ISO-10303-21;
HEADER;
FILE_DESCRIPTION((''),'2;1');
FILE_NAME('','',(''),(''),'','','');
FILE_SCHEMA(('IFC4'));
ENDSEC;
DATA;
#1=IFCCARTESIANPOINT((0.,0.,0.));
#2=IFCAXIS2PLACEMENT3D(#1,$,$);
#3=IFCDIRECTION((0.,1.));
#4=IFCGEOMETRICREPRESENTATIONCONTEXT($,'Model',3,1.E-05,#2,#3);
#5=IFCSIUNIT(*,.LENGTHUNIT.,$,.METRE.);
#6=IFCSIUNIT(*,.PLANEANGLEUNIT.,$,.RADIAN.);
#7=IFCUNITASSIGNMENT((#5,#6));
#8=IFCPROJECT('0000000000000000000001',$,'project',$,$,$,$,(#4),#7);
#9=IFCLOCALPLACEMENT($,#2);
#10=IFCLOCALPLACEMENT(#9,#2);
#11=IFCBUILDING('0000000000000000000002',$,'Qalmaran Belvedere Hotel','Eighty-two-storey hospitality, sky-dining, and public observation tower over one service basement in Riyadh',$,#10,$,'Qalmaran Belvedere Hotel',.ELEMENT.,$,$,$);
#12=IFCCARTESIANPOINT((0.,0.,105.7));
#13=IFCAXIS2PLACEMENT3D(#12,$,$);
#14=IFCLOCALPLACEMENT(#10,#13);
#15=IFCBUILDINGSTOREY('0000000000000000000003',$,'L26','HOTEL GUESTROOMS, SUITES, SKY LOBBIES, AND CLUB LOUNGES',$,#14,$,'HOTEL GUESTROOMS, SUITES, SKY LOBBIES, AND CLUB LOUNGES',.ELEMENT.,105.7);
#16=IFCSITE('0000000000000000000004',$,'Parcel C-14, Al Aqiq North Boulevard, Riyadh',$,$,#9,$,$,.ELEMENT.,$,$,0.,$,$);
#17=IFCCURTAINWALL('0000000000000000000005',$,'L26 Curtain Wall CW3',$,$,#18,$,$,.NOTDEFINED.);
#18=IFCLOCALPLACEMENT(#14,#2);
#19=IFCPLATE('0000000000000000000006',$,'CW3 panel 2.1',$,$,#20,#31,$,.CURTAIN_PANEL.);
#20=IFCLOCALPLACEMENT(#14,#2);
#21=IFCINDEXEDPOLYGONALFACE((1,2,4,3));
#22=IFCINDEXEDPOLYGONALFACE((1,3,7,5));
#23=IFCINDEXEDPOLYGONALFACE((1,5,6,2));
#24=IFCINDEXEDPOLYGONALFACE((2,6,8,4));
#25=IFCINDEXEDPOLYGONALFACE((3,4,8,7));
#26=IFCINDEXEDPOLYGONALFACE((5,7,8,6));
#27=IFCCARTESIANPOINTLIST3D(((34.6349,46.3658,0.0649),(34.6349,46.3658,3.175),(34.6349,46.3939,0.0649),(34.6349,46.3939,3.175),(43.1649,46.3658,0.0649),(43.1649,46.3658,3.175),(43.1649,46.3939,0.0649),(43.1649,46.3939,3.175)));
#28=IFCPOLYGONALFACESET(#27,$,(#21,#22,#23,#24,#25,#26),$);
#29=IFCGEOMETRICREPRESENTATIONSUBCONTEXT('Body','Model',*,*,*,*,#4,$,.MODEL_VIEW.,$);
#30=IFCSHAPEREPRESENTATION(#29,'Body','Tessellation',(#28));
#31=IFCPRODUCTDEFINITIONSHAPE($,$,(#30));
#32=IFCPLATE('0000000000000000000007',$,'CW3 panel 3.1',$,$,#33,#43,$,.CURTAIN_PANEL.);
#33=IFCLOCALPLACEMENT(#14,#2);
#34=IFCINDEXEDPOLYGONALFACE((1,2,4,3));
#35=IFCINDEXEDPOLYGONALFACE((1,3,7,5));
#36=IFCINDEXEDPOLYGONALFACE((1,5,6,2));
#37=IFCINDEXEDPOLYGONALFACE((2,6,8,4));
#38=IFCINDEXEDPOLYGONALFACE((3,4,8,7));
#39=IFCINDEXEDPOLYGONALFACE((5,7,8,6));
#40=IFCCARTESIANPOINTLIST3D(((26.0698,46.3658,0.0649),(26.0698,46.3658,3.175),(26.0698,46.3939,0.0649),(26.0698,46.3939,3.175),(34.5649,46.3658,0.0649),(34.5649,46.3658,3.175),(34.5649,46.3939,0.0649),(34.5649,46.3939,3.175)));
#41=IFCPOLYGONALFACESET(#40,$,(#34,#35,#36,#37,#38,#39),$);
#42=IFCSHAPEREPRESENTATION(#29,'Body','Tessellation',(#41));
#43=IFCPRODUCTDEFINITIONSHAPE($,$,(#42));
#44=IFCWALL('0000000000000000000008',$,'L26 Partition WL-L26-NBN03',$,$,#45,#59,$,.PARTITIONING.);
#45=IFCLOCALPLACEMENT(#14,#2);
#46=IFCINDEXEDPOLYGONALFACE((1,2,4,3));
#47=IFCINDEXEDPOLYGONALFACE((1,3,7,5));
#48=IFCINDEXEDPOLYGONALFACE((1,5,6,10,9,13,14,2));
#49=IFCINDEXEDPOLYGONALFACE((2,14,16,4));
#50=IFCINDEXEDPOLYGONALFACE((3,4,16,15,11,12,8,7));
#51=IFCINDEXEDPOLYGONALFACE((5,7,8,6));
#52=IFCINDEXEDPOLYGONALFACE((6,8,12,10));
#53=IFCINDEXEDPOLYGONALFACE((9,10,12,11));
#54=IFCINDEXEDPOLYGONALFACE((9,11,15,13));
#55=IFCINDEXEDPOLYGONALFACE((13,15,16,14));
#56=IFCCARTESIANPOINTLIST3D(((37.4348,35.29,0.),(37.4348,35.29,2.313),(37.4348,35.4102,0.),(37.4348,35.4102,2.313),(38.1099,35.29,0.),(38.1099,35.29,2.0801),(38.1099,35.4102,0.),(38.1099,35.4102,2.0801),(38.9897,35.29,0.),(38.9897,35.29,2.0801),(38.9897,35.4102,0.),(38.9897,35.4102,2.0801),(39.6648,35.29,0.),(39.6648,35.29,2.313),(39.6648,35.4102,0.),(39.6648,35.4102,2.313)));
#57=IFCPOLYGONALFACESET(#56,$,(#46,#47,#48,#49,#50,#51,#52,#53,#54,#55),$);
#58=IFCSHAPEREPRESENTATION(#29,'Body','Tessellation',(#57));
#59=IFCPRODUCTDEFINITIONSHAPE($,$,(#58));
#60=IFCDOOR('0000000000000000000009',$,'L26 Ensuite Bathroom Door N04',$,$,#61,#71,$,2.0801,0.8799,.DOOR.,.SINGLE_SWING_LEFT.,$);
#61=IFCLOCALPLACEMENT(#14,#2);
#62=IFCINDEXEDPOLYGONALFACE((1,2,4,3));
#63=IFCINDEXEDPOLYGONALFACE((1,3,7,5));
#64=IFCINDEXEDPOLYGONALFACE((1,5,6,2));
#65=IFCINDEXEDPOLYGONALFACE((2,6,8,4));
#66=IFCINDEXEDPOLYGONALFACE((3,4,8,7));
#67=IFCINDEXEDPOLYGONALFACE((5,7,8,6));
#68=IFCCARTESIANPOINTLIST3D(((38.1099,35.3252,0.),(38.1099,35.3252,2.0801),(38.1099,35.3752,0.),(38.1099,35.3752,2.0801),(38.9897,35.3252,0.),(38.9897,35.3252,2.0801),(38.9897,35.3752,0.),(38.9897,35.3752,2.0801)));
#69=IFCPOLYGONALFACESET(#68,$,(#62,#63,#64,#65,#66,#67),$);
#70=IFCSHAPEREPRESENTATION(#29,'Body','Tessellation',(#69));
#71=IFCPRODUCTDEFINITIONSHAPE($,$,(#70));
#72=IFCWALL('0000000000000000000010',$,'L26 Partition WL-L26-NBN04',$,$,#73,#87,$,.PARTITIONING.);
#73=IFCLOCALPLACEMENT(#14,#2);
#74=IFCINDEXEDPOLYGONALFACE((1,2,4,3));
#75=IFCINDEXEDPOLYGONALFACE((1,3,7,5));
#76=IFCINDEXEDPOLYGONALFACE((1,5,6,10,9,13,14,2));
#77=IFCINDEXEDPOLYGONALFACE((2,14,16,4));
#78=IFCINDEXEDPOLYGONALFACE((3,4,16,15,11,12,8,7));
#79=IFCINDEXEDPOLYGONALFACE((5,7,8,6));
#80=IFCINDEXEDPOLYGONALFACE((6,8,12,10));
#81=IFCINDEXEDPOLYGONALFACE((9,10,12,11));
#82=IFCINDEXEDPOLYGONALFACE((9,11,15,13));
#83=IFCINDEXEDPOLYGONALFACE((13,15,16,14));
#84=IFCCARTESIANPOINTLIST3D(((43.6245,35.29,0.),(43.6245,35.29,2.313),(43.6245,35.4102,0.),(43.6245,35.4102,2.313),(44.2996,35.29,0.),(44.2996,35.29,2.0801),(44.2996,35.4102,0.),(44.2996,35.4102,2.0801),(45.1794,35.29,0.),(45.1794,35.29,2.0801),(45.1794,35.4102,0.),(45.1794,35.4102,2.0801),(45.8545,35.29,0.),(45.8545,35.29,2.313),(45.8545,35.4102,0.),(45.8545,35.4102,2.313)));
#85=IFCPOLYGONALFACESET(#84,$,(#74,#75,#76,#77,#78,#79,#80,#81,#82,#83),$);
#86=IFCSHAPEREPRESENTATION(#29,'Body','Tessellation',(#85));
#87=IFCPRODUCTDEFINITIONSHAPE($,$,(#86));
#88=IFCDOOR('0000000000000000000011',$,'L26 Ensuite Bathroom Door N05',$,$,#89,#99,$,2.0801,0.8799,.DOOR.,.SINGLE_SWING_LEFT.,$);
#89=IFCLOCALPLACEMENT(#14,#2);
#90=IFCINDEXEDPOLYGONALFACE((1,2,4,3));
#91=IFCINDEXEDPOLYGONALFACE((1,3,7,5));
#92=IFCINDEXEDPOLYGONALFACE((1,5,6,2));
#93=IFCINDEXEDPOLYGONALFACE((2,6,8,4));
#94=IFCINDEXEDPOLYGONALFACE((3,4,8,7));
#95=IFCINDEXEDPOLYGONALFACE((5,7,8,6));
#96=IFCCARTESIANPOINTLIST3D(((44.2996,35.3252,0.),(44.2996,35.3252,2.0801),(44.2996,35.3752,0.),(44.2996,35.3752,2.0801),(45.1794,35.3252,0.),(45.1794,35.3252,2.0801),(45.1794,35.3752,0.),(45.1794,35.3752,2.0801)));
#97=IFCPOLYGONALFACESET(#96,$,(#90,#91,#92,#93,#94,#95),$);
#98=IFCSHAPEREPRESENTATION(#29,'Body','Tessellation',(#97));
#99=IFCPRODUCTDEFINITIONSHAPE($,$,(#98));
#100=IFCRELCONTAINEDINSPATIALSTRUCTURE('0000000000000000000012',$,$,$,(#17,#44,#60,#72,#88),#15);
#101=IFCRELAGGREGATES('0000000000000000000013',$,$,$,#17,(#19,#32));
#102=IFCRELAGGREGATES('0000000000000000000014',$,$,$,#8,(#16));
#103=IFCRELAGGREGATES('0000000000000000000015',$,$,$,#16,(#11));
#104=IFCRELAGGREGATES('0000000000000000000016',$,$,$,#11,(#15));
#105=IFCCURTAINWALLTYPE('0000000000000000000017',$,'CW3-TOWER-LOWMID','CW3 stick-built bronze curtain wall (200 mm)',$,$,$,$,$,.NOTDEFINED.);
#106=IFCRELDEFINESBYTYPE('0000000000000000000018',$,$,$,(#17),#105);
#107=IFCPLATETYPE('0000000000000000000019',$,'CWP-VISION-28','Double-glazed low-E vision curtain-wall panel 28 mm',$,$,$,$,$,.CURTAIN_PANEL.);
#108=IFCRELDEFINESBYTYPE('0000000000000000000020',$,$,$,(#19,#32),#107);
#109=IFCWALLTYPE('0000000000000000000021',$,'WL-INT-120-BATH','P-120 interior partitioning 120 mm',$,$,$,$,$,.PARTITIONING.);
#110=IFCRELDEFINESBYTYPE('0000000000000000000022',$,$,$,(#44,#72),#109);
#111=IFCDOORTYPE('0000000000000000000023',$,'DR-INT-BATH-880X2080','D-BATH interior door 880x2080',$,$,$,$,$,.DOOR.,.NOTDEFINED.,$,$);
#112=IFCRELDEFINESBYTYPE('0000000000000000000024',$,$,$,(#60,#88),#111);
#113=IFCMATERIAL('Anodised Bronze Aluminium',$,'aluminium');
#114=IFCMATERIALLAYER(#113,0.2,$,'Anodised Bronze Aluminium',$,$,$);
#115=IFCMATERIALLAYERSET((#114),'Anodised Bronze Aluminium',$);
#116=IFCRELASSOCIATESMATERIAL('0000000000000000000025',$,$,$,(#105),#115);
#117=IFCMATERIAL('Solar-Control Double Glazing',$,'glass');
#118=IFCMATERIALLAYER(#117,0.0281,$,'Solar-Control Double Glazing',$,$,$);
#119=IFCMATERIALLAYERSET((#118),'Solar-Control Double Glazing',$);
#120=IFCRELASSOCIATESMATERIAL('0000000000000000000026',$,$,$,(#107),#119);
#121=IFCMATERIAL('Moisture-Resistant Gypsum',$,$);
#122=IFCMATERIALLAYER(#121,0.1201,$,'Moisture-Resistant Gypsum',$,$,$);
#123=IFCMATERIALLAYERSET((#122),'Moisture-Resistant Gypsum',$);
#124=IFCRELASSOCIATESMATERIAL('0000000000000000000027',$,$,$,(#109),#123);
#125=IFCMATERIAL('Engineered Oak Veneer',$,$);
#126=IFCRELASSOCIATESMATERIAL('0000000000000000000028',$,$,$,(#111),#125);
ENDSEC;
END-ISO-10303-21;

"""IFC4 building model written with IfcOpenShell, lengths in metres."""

from ifc_helpers import new_model, si_unit, direction, frame, frame_2d, origin, origin_2d, place, context, subcontext, project, spatial, rectangle, extrude, material, layer, layer_set, type_object, element, fill, aggregate, save


model = new_model("IFC4")

# Units and contexts
model_context = context("Model", 3, precision=1e-05, world=origin(), true_north=direction((0.0, 1.0)))
body_context = subcontext(model_context, "Body", "Model", "MODEL_VIEW")
ifc_project = project(units=[si_unit("LENGTHUNIT", "METRE"), si_unit("PLANEANGLEUNIT", "RADIAN")], contexts=[model_context])

# Site, building, storey
site_placement = place(None, origin())
site = spatial("IfcSite", under=ifc_project, at=site_placement, Name="Parcel C-14, Al Aqiq North Boulevard, Riyadh", CompositionType="ELEMENT", RefElevation=0.0)
building_placement = place(site_placement, origin())
building = spatial("IfcBuilding", under=site, at=building_placement, Name="Qalmaran Belvedere Hotel", Description="Eighty-two-storey hospitality, sky-dining, and public observation tower over one service basement in Riyadh", LongName="Qalmaran Belvedere Hotel", CompositionType="ELEMENT")
storey_placement = place(building_placement, frame((0.0, 0.0, 105.7)))
storey = spatial("IfcBuildingStorey", under=building, at=storey_placement, Name="L26", Description="HOTEL GUESTROOMS, SUITES, SKY LOBBIES, AND CLUB LOUNGES", LongName="HOTEL GUESTROOMS, SUITES, SKY LOBBIES, AND CLUB LOUNGES", CompositionType="ELEMENT", Elevation=105.7)

# Curtain wall, plates
ifc_material_1 = material(Name="Anodised Bronze Aluminium", Category="aluminium")
ifc_layer_1 = layer(ifc_material_1, 0.2, Name="Anodised Bronze Aluminium")
ifc_layer_set_1 = layer_set([ifc_layer_1], Name="Anodised Bronze Aluminium")
curtain_wall_type = type_object("IfcCurtainWallType", Name="CW3-TOWER-LOWMID", Description="CW3 stick-built bronze curtain wall (200 mm)", PredefinedType="NOTDEFINED", material=ifc_layer_set_1)
curtain_wall_placement = place(storey_placement, origin())
curtain_wall = element("IfcCurtainWall", 1, at=curtain_wall_placement, inside=storey, type_object=curtain_wall_type, Name="L26 Curtain Wall CW3", PredefinedType="NOTDEFINED")
ifc_material_2 = material(Name="Solar-Control Double Glazing", Category="glass")
ifc_layer_2 = layer(ifc_material_2, 0.0281, Name="Solar-Control Double Glazing")
ifc_layer_set_2 = layer_set([ifc_layer_2], Name="Solar-Control Double Glazing")
plate_type = type_object("IfcPlateType", Name="CWP-VISION-28", Description="Double-glazed low-E vision curtain-wall panel 28 mm", PredefinedType="CURTAIN_PANEL", material=ifc_layer_set_2)
plate_1_placement = place(storey_placement, frame((38.8999, 46.3799, 0.0649), z_axis=(0.0, 0.0, 1.0), x_axis=(-1.0, 0.0, 0.0)))
plate_1 = element("IfcPlate", 2, at=plate_1_placement, type_object=plate_type, Name="CW3 panel 2.1", PredefinedType="CURTAIN_PANEL", context=body_context, shape_type="SweptSolid", body=[
    extrude(rectangle(XDim=8.53, YDim=0.0281, at=origin_2d()), origin(), (0.0, 0.0, 1.0), 3.1101),
])
plate_2_placement = place(storey_placement, frame((30.3174, 46.3799, 0.0649), z_axis=(0.0, 0.0, 1.0), x_axis=(-1.0, 0.0, 0.0)))
plate_2 = element("IfcPlate", 3, at=plate_2_placement, type_object=plate_type, Name="CW3 panel 3.1", PredefinedType="CURTAIN_PANEL", context=body_context, shape_type="SweptSolid", body=[
    extrude(rectangle(XDim=8.4951, YDim=0.0281, at=origin_2d()), origin(), (0.0, 0.0, 1.0), 3.1101),
])
aggregate(curtain_wall, [plate_1, plate_2])

# Walls, openings, doors
ifc_material_3 = material(Name="Moisture-Resistant Gypsum")
ifc_layer_3 = layer(ifc_material_3, 0.1201, Name="Moisture-Resistant Gypsum")
ifc_layer_set_3 = layer_set([ifc_layer_3], Name="Moisture-Resistant Gypsum")
wall_type = type_object("IfcWallType", Name="WL-INT-120-BATH", Description="P-120 interior partitioning 120 mm", PredefinedType="PARTITIONING", material=ifc_layer_set_3)
wall_1_placement = place(storey_placement, frame((37.4348, 35.3501, 0.0), z_axis=(0.0, 0.0, 1.0), x_axis=(1.0, 0.0, 0.0)))
wall_1 = element("IfcWall", 4, at=wall_1_placement, inside=storey, type_object=wall_type, Name="L26 Partition WL-L26-NBN03", PredefinedType="PARTITIONING", context=body_context, shape_type="SweptSolid", body=[
    extrude(rectangle(XDim=2.23, YDim=0.1201, at=frame_2d((1.115, 0.0))), origin(), (0.0, 0.0, 1.0), 2.313),
])
opening_1_placement = place(wall_1_placement, frame((1.5549, 0.0, 0.0), z_axis=(0.0, 0.0, 1.0), x_axis=(-1.0, 0.0, 0.0)))
opening_1 = element("IfcOpeningElement", 5, at=opening_1_placement, cuts=wall_1, PredefinedType="OPENING", context=body_context, shape_type="SweptSolid", body=[
    extrude(rectangle(XDim=0.8799, YDim=2.0801, at=frame_2d((0.4399, 1.04))), frame((0.0, 0.0701, 0.0), z_axis=(0.0, -1.0, 0.0), x_axis=(1.0, 0.0, 0.0)), (0.0, 0.0, 1.0), 0.1401),
])
ifc_material_4 = material(Name="Engineered Oak Veneer")
door_type = type_object("IfcDoorType", Name="DR-INT-BATH-880X2080", Description="D-BATH interior door 880x2080", OperationType="NOTDEFINED", PredefinedType="DOOR", material=ifc_material_4)
door_1_placement = place(opening_1_placement, origin())
door_1 = element("IfcDoor", 6, at=door_1_placement, inside=storey, type_object=door_type, Name="L26 Ensuite Bathroom Door N04", OperationType="SINGLE_SWING_LEFT", OverallHeight=2.0801, OverallWidth=0.8799, PredefinedType="DOOR", context=body_context, shape_type="SweptSolid", body=[
    extrude(rectangle(XDim=0.8799, YDim=2.0801, at=frame_2d((0.4399, 1.04))), frame((0.0, 0.0249, 0.0), z_axis=(0.0, -1.0, 0.0), x_axis=(1.0, 0.0, 0.0)), (0.0, 0.0, 1.0), 0.05),
])
fill(opening_1, door_1)
wall_2_placement = place(storey_placement, frame((43.6245, 35.3501, 0.0), z_axis=(0.0, 0.0, 1.0), x_axis=(1.0, 0.0, 0.0)))
wall_2 = element("IfcWall", 7, at=wall_2_placement, inside=storey, type_object=wall_type, Name="L26 Partition WL-L26-NBN04", PredefinedType="PARTITIONING", context=body_context, shape_type="SweptSolid", body=[
    extrude(rectangle(XDim=2.23, YDim=0.1201, at=frame_2d((1.115, 0.0))), origin(), (0.0, 0.0, 1.0), 2.313),
])
opening_2_placement = place(wall_2_placement, frame((1.5549, 0.0, 0.0), z_axis=(0.0, 0.0, 1.0), x_axis=(-1.0, 0.0, 0.0)))
opening_2 = element("IfcOpeningElement", 8, at=opening_2_placement, cuts=wall_2, PredefinedType="OPENING", context=body_context, shape_type="SweptSolid", body=[
    extrude(rectangle(XDim=0.8799, YDim=2.0801, at=frame_2d((0.4399, 1.04))), frame((0.0, 0.0701, 0.0), z_axis=(0.0, -1.0, 0.0), x_axis=(1.0, 0.0, 0.0)), (0.0, 0.0, 1.0), 0.1401),
])
door_2_placement = place(opening_2_placement, origin())
door_2 = element("IfcDoor", 9, at=door_2_placement, inside=storey, type_object=door_type, Name="L26 Ensuite Bathroom Door N05", OperationType="SINGLE_SWING_LEFT", OverallHeight=2.0801, OverallWidth=0.8799, PredefinedType="DOOR", context=body_context, shape_type="SweptSolid", body=[
    extrude(rectangle(XDim=0.8799, YDim=2.0801, at=frame_2d((0.4399, 1.04))), frame((0.0, 0.0249, 0.0), z_axis=(0.0, -1.0, 0.0), x_axis=(1.0, 0.0, 0.0)), (0.0, 0.0, 1.0), 0.05),
])
fill(opening_2, door_2)

save(model, "model.ifc")
